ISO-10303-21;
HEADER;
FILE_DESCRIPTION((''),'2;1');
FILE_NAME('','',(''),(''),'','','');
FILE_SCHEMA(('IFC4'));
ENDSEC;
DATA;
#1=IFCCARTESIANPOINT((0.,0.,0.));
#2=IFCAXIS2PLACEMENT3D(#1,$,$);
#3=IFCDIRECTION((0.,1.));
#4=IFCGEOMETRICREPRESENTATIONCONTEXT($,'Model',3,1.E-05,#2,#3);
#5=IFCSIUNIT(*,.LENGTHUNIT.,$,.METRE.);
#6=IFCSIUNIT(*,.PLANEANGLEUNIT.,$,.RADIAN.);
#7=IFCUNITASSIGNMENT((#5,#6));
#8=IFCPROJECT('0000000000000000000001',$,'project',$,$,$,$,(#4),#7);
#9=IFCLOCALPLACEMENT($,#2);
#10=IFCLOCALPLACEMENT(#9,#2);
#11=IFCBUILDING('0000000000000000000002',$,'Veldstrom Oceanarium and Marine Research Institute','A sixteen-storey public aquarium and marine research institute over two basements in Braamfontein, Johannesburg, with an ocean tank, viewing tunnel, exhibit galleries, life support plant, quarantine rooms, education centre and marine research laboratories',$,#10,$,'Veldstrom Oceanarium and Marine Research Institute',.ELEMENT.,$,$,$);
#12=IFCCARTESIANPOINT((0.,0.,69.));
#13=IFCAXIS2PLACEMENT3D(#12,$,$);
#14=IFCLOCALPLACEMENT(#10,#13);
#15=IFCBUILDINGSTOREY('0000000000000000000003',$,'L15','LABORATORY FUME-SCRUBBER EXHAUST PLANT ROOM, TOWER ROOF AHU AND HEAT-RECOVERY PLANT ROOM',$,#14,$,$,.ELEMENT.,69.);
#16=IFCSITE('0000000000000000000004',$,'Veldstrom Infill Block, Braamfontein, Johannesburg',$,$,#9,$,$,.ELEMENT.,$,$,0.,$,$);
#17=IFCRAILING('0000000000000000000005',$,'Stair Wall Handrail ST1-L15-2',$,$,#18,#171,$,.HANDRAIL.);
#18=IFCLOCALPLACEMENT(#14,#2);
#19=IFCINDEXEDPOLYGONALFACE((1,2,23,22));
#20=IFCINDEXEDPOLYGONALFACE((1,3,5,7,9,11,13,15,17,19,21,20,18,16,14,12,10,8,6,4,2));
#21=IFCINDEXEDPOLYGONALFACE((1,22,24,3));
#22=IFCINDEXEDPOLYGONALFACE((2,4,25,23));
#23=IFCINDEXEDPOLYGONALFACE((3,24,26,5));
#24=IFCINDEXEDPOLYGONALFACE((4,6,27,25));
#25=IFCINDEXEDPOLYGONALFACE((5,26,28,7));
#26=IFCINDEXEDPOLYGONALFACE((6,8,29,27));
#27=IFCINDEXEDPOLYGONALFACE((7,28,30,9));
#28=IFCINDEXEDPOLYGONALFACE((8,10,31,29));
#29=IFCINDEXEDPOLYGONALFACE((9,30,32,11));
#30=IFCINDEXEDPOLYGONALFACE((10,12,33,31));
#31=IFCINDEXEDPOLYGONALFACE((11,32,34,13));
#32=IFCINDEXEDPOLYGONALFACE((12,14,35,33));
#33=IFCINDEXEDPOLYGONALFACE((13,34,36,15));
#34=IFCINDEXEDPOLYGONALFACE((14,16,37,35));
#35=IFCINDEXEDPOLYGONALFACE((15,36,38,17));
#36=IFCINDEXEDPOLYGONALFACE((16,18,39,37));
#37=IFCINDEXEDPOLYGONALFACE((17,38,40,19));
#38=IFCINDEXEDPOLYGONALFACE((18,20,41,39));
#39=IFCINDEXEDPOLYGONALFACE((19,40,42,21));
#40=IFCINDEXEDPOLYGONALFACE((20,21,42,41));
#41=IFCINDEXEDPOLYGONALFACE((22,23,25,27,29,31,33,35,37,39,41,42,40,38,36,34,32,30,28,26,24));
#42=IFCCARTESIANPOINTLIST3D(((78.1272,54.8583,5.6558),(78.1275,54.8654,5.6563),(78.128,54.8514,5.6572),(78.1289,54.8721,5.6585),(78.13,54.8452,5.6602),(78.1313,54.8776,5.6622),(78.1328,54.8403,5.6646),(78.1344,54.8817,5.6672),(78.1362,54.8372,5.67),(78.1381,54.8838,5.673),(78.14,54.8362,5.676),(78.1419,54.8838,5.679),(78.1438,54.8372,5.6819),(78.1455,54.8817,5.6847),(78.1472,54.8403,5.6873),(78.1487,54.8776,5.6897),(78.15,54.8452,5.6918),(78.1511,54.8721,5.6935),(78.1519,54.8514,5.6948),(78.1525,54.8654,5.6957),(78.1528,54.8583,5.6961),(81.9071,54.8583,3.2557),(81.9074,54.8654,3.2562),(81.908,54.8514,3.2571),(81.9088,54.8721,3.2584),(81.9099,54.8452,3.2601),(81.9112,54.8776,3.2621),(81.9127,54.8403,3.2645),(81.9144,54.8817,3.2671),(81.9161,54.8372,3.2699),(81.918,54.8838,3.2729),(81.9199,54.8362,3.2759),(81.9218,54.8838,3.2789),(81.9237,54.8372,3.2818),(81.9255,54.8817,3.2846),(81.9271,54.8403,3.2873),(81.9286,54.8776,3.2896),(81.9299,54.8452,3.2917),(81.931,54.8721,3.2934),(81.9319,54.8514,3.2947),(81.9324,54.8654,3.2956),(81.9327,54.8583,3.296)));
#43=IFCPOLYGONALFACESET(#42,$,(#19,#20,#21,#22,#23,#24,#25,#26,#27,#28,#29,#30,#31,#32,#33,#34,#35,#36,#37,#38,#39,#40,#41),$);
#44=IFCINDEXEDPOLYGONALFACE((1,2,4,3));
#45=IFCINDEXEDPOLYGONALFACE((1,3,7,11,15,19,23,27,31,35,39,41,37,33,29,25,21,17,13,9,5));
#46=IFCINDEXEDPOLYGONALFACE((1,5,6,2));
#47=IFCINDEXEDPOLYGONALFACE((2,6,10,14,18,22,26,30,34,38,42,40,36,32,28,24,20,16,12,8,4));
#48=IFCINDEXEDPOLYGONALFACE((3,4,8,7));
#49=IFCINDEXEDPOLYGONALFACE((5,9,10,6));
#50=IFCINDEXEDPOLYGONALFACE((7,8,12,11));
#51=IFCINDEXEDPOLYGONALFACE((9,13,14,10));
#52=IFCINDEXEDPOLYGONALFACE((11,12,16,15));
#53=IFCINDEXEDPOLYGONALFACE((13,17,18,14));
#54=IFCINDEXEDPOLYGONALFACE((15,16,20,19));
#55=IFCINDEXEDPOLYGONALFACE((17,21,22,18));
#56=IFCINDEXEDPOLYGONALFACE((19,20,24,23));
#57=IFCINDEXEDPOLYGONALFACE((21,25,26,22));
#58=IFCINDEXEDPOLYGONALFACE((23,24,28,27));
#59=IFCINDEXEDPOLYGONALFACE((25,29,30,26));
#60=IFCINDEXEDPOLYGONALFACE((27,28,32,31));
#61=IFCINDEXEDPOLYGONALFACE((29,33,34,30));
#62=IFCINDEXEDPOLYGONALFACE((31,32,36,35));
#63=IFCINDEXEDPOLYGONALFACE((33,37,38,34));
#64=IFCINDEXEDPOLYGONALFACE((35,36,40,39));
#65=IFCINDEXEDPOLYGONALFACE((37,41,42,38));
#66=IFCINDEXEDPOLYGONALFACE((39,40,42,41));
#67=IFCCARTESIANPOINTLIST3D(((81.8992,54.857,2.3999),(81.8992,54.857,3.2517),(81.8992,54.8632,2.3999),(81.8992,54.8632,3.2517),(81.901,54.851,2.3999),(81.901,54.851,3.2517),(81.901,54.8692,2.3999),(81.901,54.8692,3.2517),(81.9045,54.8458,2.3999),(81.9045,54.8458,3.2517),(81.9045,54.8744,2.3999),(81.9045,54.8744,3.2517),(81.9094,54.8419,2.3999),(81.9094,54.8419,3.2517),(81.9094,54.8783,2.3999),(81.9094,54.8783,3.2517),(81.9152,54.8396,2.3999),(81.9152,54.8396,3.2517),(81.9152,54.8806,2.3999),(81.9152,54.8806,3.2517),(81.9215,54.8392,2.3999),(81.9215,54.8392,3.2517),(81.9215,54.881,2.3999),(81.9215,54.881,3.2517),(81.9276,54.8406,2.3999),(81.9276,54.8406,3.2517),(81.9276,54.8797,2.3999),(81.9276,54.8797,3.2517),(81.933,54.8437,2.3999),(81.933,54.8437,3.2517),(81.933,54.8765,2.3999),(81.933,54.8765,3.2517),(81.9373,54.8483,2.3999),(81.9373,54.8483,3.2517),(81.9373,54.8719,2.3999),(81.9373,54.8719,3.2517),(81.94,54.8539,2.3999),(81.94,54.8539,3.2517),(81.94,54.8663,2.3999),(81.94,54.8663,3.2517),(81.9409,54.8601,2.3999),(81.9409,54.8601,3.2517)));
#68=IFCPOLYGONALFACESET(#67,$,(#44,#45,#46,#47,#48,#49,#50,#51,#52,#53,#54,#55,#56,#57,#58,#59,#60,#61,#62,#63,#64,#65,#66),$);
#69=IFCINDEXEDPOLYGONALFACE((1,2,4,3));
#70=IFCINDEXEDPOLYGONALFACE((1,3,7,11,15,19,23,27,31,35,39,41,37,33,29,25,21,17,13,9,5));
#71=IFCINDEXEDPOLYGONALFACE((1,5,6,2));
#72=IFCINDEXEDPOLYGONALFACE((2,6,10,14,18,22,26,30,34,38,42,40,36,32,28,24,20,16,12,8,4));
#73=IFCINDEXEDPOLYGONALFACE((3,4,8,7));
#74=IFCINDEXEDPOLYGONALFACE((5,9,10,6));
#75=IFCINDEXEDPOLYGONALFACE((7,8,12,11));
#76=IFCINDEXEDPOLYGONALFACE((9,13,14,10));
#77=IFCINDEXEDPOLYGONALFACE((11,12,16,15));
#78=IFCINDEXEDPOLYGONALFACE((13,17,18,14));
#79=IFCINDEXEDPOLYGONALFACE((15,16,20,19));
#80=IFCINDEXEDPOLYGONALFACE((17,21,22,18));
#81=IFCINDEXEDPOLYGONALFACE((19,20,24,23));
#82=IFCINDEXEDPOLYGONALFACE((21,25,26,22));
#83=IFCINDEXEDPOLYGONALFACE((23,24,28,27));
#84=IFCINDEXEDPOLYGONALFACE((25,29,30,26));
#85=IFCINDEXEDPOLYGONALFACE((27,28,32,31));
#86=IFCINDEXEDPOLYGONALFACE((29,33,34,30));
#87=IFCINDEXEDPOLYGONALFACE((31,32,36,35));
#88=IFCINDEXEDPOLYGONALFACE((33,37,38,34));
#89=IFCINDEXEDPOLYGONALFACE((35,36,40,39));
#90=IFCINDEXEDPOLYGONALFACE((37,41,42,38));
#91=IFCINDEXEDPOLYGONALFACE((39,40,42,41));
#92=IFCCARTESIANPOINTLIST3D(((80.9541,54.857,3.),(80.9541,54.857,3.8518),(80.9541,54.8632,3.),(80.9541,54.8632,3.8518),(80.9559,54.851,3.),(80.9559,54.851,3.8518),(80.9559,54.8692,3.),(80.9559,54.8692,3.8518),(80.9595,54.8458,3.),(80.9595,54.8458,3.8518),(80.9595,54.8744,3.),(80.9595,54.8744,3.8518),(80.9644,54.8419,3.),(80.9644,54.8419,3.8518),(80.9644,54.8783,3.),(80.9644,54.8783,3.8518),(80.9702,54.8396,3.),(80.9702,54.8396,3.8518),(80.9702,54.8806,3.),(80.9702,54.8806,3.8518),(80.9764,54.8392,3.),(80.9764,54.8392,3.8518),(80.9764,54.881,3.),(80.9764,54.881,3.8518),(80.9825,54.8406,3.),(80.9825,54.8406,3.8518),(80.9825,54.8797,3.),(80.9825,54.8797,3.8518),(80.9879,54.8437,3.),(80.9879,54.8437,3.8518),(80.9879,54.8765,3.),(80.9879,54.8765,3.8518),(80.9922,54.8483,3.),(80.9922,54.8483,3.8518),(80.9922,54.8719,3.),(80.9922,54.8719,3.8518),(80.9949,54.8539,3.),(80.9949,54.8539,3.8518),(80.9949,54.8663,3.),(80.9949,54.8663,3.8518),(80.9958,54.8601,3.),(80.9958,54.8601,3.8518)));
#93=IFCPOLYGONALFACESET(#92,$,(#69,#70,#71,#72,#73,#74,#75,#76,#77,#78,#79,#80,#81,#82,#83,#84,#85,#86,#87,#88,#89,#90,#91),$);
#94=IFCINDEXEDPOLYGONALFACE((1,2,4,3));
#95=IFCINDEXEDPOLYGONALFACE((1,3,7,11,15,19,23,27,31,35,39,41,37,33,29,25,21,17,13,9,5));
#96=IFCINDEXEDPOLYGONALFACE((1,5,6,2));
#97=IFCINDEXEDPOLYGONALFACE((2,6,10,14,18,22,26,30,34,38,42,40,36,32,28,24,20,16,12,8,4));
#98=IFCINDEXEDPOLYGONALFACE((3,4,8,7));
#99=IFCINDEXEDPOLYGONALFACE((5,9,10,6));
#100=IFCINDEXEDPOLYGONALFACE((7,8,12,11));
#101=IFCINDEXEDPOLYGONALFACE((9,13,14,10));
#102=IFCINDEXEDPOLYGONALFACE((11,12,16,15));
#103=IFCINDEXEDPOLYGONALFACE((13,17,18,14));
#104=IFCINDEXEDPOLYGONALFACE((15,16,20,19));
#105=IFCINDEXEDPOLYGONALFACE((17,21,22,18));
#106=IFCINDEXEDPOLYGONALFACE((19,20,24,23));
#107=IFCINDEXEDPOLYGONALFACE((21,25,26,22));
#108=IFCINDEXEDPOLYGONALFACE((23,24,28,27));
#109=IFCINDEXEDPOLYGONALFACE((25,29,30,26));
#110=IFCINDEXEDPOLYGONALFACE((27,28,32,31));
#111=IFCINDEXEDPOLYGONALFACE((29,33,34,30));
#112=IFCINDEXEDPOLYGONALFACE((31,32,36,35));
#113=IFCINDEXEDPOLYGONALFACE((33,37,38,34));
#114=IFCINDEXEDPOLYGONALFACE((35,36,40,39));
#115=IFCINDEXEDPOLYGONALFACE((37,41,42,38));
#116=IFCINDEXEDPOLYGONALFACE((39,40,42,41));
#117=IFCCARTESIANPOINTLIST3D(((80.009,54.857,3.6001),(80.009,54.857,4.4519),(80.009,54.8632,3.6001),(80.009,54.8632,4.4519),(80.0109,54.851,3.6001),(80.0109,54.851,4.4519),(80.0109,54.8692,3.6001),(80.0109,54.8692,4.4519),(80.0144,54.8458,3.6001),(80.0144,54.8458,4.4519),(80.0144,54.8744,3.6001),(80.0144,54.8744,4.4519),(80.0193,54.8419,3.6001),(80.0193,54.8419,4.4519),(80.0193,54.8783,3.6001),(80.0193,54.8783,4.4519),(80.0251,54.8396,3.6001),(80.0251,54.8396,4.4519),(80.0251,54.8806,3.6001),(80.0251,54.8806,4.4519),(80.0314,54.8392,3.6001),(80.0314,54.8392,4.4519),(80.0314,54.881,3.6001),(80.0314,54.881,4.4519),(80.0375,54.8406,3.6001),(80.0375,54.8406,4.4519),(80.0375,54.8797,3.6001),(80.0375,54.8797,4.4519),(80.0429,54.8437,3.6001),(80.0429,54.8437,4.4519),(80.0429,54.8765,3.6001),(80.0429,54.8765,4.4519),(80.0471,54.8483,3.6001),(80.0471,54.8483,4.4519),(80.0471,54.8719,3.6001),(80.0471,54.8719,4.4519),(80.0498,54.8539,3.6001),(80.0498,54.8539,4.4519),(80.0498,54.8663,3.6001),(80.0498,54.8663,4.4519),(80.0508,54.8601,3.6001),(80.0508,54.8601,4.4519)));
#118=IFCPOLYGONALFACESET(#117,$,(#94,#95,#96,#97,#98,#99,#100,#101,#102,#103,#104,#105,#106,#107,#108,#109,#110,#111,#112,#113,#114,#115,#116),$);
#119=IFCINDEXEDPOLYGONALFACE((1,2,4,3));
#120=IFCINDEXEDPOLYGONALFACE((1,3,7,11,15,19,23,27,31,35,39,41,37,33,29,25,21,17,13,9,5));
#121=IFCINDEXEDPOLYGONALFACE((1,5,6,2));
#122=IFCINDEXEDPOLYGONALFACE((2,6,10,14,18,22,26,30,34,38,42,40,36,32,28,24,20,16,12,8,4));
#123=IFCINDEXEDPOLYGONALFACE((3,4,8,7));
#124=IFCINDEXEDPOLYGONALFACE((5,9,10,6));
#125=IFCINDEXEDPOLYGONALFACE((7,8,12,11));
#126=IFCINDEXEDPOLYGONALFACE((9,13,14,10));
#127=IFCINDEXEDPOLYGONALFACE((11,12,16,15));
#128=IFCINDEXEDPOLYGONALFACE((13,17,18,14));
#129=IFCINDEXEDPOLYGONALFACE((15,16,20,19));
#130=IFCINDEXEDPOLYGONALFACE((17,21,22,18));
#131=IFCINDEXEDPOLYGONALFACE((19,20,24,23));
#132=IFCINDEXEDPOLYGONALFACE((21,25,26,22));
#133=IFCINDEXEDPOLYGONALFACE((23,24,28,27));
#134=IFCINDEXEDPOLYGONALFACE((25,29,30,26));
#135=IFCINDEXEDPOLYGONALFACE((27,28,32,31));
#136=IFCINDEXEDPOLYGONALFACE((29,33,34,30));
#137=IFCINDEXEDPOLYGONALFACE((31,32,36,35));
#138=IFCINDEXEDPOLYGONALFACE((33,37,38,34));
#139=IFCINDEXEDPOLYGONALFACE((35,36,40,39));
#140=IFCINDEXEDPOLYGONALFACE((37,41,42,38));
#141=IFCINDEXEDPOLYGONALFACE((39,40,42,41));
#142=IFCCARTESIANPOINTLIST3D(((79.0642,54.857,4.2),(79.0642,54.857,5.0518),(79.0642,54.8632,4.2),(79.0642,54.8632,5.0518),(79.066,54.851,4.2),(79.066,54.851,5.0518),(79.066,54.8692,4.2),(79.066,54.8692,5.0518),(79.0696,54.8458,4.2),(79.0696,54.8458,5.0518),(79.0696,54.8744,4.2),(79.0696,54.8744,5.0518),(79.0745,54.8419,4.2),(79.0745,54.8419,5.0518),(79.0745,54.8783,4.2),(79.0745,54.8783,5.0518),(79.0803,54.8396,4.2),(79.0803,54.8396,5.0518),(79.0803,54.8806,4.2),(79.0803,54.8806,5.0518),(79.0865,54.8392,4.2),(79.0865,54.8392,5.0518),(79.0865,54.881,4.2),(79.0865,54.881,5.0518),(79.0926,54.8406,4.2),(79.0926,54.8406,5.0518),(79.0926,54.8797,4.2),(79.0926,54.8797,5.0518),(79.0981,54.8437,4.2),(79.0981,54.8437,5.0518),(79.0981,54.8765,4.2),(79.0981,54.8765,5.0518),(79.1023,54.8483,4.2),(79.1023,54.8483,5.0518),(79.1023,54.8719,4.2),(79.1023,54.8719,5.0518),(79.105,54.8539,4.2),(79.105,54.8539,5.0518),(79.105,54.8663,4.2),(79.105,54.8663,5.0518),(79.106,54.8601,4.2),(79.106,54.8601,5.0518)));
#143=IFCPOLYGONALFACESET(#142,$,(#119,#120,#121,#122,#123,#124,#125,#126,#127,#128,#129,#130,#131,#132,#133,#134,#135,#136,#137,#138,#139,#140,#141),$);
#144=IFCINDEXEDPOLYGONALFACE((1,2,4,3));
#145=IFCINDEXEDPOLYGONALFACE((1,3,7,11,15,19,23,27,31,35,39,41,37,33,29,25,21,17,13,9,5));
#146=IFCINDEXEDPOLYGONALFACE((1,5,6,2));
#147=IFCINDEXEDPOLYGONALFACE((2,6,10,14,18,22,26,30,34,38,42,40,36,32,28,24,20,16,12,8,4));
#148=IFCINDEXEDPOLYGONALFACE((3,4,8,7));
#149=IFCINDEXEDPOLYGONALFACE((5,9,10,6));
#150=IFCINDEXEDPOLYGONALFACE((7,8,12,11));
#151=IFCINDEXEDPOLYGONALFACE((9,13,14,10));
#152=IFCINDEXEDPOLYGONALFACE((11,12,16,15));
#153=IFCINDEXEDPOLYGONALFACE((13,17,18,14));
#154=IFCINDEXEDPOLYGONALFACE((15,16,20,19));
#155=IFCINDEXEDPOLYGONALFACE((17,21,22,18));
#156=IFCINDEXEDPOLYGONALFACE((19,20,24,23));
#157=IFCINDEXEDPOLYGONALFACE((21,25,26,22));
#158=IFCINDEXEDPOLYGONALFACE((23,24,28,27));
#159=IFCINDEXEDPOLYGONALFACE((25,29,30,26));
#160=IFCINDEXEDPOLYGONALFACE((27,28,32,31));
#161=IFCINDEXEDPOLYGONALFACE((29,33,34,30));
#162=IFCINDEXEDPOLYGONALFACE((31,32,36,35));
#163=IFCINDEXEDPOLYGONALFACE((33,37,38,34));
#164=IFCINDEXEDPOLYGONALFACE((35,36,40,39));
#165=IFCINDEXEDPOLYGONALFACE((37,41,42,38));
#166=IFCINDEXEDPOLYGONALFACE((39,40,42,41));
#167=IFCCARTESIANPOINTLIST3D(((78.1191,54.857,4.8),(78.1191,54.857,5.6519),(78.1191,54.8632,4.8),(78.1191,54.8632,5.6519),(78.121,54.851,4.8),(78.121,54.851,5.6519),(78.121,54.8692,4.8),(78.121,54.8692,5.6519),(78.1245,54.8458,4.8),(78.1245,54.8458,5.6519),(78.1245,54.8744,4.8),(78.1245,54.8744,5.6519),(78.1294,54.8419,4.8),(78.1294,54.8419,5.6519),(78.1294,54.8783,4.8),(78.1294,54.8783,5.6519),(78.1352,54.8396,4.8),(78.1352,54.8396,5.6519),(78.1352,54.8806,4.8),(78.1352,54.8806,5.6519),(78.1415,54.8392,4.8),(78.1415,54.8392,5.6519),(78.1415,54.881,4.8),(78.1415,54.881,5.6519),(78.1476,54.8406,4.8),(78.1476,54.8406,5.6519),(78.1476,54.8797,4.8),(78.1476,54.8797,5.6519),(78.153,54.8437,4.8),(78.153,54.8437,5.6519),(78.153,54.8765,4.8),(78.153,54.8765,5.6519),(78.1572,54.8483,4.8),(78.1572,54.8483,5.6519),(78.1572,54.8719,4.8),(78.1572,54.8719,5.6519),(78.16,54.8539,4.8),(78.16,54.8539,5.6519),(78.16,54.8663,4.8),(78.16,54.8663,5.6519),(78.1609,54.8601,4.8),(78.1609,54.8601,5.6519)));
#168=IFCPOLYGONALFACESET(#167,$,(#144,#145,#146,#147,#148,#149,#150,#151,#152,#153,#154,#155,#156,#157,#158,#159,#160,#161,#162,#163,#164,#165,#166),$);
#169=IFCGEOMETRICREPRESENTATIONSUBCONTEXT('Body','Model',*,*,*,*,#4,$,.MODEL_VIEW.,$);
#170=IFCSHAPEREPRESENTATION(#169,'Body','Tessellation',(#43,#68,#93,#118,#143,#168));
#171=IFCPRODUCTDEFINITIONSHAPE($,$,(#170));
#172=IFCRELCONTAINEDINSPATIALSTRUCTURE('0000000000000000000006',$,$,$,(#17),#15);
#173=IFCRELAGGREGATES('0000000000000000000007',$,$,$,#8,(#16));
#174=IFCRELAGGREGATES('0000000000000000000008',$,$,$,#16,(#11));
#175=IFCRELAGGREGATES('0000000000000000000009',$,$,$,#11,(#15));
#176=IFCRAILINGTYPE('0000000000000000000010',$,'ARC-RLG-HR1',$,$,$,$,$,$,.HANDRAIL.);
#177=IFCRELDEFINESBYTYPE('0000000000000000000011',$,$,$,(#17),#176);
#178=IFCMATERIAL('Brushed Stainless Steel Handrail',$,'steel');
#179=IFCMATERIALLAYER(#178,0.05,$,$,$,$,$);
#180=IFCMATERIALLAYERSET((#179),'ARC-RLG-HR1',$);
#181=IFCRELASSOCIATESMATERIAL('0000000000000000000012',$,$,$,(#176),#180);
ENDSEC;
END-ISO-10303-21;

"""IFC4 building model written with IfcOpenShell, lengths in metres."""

from ifc_helpers import new_model, si_unit, direction, frame, origin, origin_2d, place, context, subcontext, project, spatial, circle, extrude, material, layer, layer_set, type_object, element, save


model = new_model("IFC4")

# Units and contexts
model_context = context("Model", 3, precision=1e-05, world=origin(), true_north=direction((0.0, 1.0)))
body_context = subcontext(model_context, "Body", "Model", "MODEL_VIEW")
ifc_project = project(units=[si_unit("LENGTHUNIT", "METRE"), si_unit("PLANEANGLEUNIT", "RADIAN")], contexts=[model_context])

# Site, building, storey
site_placement = place(None, origin())
site = spatial("IfcSite", under=ifc_project, at=site_placement, Name="Veldstrom Infill Block, Braamfontein, Johannesburg", CompositionType="ELEMENT", RefElevation=0.0)
building_placement = place(site_placement, origin())
building = spatial("IfcBuilding", under=site, at=building_placement, Name="Veldstrom Oceanarium and Marine Research Institute", Description="A sixteen-storey public aquarium and marine research institute over two basements in Braamfontein, Johannesburg, with an ocean tank, viewing tunnel, exhibit galleries, life support plant, quarantine rooms, education centre and marine research laboratories", LongName="Veldstrom Oceanarium and Marine Research Institute", CompositionType="ELEMENT")
storey_placement = place(building_placement, frame((0.0, 0.0, 69.0)))
storey = spatial("IfcBuildingStorey", under=building, at=storey_placement, Name="L15", Description="LABORATORY FUME-SCRUBBER EXHAUST PLANT ROOM, TOWER ROOF AHU AND HEAT-RECOVERY PLANT ROOM", CompositionType="ELEMENT", Elevation=69.0)

# Railing
ifc_material_1 = material(Name="Brushed Stainless Steel Handrail", Category="steel")
ifc_layer_1 = layer(ifc_material_1, 0.05)
ifc_layer_set_1 = layer_set([ifc_layer_1], Name="ARC-RLG-HR1")
railing_type = type_object("IfcRailingType", Name="ARC-RLG-HR1", PredefinedType="HANDRAIL", material=ifc_layer_set_1)
railing_placement = place(storey_placement, frame((81.9199, 54.8601, 2.3999)))
element("IfcRailing", 1, at=railing_placement, inside=storey, type_object=railing_type, Name="Stair Wall Handrail ST1-L15-2", PredefinedType="HANDRAIL", context=body_context, shape_type="SweptSolid", body=[
    extrude(circle(Radius=0.0239, at=origin_2d()), frame((0.0, 0.0, 0.876), z_axis=(-0.8442, 0.0, 0.536028), x_axis=(0.0, -1.0, 0.0)), (0.0, 0.0, 1.0), 4.4775),
    extrude(circle(Radius=0.021, at=origin_2d()), origin(), (0.0, 0.0, 1.0), 0.8518),
    extrude(circle(Radius=0.021, at=origin_2d()), frame((-0.9451, 0.0, 0.6001)), (0.0, 0.0, 1.0), 0.8518),
    extrude(circle(Radius=0.021, at=origin_2d()), frame((-1.8901, 0.0, 1.2002)), (0.0, 0.0, 1.0), 0.8518),
    extrude(circle(Radius=0.021, at=origin_2d()), frame((-2.835, 0.0, 1.8)), (0.0, 0.0, 1.0), 0.8518),
    extrude(circle(Radius=0.021, at=origin_2d()), frame((-3.78, 0.0, 2.4001)), (0.0, 0.0, 1.0), 0.8518),
])

save(model, "model.ifc")
